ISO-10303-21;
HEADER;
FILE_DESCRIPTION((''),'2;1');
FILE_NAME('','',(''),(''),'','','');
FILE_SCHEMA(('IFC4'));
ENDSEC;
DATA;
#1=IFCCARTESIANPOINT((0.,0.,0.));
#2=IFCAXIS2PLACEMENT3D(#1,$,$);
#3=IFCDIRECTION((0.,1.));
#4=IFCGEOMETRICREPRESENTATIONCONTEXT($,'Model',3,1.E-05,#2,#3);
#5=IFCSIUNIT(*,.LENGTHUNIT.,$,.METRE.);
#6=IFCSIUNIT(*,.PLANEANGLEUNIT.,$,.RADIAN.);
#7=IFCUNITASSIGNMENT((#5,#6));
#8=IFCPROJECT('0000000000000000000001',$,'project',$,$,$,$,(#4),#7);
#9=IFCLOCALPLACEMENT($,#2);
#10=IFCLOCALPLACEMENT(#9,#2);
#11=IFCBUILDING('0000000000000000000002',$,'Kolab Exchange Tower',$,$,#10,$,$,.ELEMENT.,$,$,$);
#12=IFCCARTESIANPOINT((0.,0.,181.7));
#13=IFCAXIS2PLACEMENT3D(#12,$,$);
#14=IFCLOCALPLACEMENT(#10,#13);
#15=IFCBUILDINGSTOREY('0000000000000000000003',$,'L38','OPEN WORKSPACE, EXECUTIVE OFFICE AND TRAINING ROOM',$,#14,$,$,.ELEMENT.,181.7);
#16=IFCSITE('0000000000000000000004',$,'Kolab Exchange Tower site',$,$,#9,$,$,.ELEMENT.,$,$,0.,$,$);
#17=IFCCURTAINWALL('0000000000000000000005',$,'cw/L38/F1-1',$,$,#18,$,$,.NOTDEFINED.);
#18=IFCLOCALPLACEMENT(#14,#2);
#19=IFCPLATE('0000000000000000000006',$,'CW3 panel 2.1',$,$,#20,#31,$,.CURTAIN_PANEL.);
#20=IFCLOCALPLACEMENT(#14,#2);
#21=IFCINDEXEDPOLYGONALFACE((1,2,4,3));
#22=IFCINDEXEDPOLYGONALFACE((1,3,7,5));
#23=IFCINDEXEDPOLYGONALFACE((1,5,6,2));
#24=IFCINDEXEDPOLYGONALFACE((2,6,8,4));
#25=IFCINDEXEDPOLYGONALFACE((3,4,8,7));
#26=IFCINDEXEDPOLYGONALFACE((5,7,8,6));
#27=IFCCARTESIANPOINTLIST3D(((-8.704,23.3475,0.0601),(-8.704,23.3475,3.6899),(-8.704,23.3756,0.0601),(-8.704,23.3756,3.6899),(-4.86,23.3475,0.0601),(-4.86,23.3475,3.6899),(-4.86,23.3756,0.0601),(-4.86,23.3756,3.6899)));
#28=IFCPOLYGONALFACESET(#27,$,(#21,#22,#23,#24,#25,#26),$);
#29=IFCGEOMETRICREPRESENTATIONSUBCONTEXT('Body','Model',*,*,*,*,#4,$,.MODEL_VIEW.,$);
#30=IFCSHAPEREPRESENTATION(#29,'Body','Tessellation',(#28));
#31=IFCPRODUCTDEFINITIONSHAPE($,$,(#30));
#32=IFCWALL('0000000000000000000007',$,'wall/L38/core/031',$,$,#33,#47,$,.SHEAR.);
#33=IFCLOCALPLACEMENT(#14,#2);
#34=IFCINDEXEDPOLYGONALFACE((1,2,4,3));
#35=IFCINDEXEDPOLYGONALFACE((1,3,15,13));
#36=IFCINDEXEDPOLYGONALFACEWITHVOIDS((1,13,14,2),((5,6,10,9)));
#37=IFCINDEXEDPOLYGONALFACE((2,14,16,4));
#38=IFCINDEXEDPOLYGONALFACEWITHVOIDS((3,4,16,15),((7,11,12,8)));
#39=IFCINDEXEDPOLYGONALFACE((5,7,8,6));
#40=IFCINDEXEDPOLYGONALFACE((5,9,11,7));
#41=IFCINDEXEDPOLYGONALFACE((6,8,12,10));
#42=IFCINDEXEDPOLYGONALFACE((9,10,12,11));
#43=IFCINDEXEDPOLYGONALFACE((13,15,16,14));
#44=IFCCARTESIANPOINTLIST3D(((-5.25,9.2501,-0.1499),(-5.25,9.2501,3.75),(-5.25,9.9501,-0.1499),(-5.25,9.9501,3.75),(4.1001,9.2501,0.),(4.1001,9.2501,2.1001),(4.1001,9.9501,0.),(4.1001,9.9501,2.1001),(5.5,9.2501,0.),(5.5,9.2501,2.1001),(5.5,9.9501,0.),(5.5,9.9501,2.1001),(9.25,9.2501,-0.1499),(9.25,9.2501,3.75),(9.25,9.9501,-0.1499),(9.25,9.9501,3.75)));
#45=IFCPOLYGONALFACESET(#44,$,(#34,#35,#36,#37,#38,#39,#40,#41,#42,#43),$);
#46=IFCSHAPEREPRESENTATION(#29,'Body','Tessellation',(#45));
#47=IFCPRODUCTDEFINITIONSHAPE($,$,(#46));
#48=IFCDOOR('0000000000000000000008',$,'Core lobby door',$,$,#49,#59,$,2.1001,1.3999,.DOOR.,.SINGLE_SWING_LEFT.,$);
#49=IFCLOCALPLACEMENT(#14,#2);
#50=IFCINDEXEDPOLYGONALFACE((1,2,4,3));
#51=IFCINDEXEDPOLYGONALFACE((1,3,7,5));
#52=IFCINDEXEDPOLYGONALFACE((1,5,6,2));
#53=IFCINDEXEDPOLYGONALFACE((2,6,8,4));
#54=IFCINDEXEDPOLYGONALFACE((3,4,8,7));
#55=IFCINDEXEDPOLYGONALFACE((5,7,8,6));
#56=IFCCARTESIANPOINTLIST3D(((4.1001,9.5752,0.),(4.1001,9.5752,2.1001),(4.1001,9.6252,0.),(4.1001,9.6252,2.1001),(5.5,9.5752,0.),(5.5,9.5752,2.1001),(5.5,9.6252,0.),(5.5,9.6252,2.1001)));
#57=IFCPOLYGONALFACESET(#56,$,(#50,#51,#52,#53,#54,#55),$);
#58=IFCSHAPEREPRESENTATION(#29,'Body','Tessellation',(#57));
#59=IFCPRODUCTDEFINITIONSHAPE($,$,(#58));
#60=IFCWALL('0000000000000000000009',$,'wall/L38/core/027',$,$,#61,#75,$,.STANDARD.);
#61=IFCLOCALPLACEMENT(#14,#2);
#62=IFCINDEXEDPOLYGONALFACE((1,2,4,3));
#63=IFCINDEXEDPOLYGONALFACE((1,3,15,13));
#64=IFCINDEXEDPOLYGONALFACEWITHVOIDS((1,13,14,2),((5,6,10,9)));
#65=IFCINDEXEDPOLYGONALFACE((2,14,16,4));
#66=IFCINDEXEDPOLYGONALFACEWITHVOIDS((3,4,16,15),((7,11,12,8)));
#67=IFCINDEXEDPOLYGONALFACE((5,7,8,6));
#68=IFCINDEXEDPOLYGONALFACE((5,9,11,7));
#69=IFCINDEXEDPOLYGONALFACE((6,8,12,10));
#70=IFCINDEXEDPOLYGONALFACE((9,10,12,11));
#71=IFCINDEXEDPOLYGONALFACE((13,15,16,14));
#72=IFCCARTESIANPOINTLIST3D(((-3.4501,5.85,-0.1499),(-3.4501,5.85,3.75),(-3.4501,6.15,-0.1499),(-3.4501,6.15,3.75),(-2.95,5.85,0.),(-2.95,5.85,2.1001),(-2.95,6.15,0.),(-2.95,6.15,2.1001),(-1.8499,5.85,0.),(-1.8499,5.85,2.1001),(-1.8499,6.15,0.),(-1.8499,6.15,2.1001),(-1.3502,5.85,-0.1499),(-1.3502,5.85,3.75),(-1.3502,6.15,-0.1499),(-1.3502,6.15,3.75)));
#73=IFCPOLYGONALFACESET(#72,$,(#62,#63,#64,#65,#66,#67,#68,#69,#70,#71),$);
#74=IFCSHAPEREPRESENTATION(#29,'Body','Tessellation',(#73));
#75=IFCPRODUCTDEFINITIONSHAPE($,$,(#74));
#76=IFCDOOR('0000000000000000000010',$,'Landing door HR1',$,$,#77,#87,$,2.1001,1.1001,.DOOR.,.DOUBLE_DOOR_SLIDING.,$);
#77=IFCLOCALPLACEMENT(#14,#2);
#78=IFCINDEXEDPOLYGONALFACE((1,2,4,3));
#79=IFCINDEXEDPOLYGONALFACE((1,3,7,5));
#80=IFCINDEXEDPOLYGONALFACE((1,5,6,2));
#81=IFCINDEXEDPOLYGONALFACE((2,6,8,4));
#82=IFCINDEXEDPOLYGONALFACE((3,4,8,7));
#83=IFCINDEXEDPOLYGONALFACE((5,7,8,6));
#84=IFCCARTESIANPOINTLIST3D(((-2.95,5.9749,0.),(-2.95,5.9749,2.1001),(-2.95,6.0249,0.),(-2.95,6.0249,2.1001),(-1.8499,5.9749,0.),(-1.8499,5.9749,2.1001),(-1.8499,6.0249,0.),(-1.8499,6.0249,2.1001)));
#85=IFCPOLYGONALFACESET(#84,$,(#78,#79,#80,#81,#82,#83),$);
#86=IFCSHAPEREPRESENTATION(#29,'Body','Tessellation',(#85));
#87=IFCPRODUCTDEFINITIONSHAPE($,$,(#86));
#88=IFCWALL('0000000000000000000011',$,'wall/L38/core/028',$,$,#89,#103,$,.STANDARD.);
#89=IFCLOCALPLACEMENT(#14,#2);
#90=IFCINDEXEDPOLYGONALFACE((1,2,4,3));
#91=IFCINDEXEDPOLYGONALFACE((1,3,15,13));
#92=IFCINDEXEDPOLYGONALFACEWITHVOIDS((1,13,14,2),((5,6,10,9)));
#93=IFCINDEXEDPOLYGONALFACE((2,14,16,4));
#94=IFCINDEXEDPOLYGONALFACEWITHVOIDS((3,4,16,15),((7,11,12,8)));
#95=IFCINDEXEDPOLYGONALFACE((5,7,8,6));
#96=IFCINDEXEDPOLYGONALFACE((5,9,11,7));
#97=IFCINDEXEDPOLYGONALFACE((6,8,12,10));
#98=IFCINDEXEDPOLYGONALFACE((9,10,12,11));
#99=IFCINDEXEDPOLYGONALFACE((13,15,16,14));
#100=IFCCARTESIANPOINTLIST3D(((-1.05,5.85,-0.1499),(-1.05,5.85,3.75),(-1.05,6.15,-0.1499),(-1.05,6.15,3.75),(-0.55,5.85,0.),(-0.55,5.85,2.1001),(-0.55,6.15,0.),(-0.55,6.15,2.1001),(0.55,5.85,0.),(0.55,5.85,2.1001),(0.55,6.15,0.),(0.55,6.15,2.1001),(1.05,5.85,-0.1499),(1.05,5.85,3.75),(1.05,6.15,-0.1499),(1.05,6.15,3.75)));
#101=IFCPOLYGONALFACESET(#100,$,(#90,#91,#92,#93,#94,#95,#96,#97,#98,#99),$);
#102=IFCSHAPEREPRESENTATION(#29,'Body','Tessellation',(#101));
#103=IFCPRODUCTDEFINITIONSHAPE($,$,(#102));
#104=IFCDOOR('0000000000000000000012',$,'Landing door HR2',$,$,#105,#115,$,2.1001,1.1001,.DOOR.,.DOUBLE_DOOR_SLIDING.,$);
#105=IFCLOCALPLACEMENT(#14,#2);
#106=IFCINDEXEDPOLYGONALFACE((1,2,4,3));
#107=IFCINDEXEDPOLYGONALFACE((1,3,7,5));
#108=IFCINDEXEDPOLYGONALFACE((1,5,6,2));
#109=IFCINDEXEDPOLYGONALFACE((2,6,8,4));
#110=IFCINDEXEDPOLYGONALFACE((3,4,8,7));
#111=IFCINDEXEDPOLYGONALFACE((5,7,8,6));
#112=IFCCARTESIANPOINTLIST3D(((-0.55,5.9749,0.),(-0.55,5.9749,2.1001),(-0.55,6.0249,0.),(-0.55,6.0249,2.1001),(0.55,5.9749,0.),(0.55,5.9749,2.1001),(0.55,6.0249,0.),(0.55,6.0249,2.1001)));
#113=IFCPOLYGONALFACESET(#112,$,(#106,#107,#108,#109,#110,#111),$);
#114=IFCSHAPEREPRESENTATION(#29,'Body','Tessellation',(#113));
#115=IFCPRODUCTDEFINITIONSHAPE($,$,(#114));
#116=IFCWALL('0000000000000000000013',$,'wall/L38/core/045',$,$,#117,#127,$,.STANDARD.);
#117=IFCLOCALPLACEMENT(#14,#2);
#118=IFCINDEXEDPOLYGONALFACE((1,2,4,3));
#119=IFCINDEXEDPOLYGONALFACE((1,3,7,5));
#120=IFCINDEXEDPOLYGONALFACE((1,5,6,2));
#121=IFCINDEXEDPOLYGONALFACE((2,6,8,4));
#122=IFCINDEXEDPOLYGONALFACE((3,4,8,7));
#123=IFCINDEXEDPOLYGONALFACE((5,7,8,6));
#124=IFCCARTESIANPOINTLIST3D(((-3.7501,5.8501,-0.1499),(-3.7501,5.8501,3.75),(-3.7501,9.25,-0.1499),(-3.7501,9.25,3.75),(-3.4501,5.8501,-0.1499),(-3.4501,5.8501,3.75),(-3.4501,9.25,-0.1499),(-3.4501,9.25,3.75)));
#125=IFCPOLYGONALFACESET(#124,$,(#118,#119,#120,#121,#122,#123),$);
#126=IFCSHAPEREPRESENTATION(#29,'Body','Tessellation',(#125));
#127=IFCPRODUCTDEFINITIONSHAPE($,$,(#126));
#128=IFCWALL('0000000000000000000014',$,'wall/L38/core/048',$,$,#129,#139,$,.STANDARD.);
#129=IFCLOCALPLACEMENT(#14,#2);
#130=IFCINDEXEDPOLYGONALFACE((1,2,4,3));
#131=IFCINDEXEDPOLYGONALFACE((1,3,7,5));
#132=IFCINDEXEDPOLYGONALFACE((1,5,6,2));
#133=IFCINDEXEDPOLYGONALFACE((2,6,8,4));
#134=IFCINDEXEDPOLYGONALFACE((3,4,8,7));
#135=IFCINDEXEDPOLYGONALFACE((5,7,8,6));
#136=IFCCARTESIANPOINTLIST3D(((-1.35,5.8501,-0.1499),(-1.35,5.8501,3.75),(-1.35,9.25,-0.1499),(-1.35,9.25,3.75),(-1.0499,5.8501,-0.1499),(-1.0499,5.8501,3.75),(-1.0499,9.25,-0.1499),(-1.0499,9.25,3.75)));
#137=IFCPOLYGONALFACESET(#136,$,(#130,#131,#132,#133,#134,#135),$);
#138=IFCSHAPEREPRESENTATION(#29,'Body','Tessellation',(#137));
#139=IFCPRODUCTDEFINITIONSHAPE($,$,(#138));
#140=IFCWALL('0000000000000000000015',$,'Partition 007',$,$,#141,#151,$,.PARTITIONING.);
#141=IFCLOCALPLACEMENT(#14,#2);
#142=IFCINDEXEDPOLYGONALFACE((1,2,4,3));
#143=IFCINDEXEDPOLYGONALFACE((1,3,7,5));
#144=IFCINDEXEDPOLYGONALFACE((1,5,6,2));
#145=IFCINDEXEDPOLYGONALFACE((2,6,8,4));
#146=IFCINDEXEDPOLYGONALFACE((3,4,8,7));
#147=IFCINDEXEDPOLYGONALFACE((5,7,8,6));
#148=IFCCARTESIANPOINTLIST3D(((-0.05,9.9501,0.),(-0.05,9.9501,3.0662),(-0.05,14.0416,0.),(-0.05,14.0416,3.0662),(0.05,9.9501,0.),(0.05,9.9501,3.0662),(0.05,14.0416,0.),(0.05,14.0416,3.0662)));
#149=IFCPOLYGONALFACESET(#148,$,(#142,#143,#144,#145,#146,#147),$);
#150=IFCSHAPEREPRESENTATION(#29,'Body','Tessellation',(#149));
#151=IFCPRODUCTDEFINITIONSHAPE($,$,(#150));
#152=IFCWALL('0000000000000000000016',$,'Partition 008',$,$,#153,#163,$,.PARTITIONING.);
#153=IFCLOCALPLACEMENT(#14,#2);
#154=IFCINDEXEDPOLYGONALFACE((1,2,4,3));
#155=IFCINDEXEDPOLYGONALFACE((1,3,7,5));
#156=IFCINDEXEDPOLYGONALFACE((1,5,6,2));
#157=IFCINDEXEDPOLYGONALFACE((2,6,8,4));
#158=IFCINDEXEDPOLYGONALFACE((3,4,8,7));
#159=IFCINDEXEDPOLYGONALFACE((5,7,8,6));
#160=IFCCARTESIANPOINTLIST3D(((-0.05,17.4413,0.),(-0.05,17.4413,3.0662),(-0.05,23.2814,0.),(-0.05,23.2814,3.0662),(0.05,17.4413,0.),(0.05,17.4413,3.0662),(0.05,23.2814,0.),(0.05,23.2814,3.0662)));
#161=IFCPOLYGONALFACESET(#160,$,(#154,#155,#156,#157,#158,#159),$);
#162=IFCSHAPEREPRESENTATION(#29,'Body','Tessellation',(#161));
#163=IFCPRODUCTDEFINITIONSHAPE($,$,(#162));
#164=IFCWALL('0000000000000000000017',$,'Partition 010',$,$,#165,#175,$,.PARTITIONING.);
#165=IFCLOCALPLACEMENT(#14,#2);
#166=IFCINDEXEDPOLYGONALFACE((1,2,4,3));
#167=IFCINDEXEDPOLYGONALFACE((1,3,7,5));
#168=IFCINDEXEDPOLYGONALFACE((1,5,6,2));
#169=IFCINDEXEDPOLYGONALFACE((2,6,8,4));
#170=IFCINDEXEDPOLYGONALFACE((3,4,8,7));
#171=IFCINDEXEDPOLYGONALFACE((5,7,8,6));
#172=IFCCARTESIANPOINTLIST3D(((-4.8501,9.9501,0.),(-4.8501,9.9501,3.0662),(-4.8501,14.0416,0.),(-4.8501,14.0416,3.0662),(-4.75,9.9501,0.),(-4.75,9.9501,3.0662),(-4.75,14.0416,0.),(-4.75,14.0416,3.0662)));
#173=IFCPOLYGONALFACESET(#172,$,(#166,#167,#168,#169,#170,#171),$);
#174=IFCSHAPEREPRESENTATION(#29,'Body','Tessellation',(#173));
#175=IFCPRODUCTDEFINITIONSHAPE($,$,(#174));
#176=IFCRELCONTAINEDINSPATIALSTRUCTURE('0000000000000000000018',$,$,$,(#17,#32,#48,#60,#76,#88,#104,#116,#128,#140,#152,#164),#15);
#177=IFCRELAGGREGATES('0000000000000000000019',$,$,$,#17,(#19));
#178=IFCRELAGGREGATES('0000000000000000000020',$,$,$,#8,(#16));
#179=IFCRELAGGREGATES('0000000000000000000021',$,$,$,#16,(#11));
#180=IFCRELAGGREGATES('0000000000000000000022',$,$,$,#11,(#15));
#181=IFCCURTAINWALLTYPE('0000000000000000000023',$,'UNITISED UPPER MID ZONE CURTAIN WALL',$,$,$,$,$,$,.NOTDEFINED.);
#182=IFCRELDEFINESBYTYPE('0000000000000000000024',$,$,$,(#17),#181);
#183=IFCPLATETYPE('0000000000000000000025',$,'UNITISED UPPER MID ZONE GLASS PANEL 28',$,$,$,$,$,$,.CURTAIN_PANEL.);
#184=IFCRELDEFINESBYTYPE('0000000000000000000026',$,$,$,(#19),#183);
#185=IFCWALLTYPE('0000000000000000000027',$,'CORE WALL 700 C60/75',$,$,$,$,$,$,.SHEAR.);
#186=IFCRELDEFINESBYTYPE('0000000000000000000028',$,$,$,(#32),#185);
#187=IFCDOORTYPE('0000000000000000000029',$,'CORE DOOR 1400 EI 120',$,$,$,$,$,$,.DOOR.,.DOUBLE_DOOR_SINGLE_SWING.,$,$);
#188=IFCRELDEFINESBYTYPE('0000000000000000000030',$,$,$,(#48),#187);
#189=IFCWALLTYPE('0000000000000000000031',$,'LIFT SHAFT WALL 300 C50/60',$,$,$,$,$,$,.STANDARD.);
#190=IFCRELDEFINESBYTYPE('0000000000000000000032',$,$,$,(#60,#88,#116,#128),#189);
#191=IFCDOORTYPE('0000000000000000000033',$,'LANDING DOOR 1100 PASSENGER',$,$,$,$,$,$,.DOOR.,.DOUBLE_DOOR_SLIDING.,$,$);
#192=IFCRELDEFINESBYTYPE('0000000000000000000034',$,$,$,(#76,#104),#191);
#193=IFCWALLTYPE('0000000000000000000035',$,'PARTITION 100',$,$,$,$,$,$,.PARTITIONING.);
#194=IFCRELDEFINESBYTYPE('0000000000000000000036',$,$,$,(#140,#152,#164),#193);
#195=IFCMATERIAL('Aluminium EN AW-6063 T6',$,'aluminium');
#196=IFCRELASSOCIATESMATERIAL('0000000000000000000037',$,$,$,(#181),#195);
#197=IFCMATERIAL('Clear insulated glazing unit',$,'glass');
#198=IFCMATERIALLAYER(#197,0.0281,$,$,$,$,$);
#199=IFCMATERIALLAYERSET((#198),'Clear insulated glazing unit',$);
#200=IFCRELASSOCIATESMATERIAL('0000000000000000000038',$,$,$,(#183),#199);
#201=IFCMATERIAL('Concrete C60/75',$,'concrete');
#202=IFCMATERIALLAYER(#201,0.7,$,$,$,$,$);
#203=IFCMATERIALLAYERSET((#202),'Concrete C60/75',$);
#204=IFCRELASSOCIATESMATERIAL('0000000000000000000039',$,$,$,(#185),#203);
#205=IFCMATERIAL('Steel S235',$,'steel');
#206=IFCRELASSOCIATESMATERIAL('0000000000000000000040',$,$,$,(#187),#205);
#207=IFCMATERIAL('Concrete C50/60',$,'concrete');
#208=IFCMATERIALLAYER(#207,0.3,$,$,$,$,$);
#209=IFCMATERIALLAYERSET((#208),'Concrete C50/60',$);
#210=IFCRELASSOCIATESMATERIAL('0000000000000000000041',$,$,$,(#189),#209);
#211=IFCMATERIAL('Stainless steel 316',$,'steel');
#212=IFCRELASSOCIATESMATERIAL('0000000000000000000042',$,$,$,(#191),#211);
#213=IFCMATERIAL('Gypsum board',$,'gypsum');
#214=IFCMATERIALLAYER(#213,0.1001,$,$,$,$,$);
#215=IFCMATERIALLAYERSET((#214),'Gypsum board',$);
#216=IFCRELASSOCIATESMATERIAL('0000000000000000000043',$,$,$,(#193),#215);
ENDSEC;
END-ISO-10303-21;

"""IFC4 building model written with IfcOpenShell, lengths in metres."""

from ifc_helpers import new_model, si_unit, direction, frame, frame_2d, origin, origin_2d, place, context, subcontext, project, spatial, rectangle, extrude, material, layer, layer_set, type_object, element, fill, aggregate, save


model = new_model("IFC4")

# Units and contexts
model_context = context("Model", 3, precision=1e-05, world=origin(), true_north=direction((0.0, 1.0)))
body_context = subcontext(model_context, "Body", "Model", "MODEL_VIEW")
ifc_project = project(units=[si_unit("LENGTHUNIT", "METRE"), si_unit("PLANEANGLEUNIT", "RADIAN")], contexts=[model_context])

# Site, building, storey
site_placement = place(None, origin())
site = spatial("IfcSite", under=ifc_project, at=site_placement, Name="Kolab Exchange Tower site", CompositionType="ELEMENT", RefElevation=0.0)
building_placement = place(site_placement, origin())
building = spatial("IfcBuilding", under=site, at=building_placement, Name="Kolab Exchange Tower", CompositionType="ELEMENT")
storey_placement = place(building_placement, frame((0.0, 0.0, 181.7)))
storey = spatial("IfcBuildingStorey", under=building, at=storey_placement, Name="L38", Description="OPEN WORKSPACE, EXECUTIVE OFFICE AND TRAINING ROOM", CompositionType="ELEMENT", Elevation=181.7)

# Shared definitions
ifc_material_1 = material(Name="Concrete C60/75", Category="concrete")

# Curtain wall, plate
ifc_material_2 = material(Name="Aluminium EN AW-6063 T6", Category="aluminium")
curtain_wall_type = type_object("IfcCurtainWallType", Name="UNITISED UPPER MID ZONE CURTAIN WALL", PredefinedType="NOTDEFINED", material=ifc_material_2)
curtain_wall_placement = place(storey_placement, origin())
curtain_wall = element("IfcCurtainWall", 1, at=curtain_wall_placement, inside=storey, type_object=curtain_wall_type, Name="cw/L38/F1-1", PredefinedType="NOTDEFINED")
ifc_material_3 = material(Name="Clear insulated glazing unit", Category="glass")
ifc_layer_1 = layer(ifc_material_3, 0.0281)
ifc_layer_set_1 = layer_set([ifc_layer_1], Name="Clear insulated glazing unit")
plate_type = type_object("IfcPlateType", Name="UNITISED UPPER MID ZONE GLASS PANEL 28", PredefinedType="CURTAIN_PANEL", material=ifc_layer_set_1)
plate_placement = place(storey_placement, frame((-6.782, 23.3616, 0.0601), z_axis=(0.0, 0.0, 1.0), x_axis=(1.0, 0.0, 0.0)))
plate = element("IfcPlate", 2, at=plate_placement, type_object=plate_type, Name="CW3 panel 2.1", PredefinedType="CURTAIN_PANEL", context=body_context, shape_type="SweptSolid", body=[
    extrude(rectangle(XDim=3.844, YDim=0.0281, at=origin_2d()), origin(), (0.0, 0.0, 1.0), 3.6299),
])
aggregate(curtain_wall, [plate])

# Walls, openings, doors
ifc_layer_2 = layer(ifc_material_1, 0.7)
ifc_layer_set_2 = layer_set([ifc_layer_2], Name="Concrete C60/75")
wall_type_1 = type_object("IfcWallType", Name="CORE WALL 700 C60/75", PredefinedType="SHEAR", material=ifc_layer_set_2)
wall_1_placement = place(storey_placement, frame((-5.25, 9.6001, -0.1499), z_axis=(0.0, 0.0, 1.0), x_axis=(1.0, 0.0, 0.0)))
wall_1 = element("IfcWall", 3, at=wall_1_placement, inside=storey, type_object=wall_type_1, Name="wall/L38/core/031", PredefinedType="SHEAR", context=body_context, shape_type="SweptSolid", body=[
    extrude(rectangle(XDim=14.5, YDim=0.7, at=frame_2d((7.25, 0.0))), origin(), (0.0, 0.0, 1.0), 3.8999),
])
opening_1_placement = place(wall_1_placement, frame((9.3501, 0.0, 0.1499)))
opening_1 = element("IfcOpeningElement", 4, at=opening_1_placement, cuts=wall_1, PredefinedType="OPENING", context=body_context, shape_type="SweptSolid", body=[
    extrude(rectangle(XDim=1.3999, YDim=2.1001, at=frame_2d((0.7, 1.05))), frame((0.0, 0.3599, 0.0), z_axis=(0.0, -1.0, 0.0), x_axis=(1.0, 0.0, 0.0)), (0.0, 0.0, 1.0), 0.72),
])
ifc_material_4 = material(Name="Steel S235", Category="steel")
door_type_1 = type_object("IfcDoorType", Name="CORE DOOR 1400 EI 120", OperationType="DOUBLE_DOOR_SINGLE_SWING", PredefinedType="DOOR", material=ifc_material_4)
door_1_placement = place(opening_1_placement, frame((1.3999, 0.0, 0.0), z_axis=(0.0, 0.0, 1.0), x_axis=(-1.0, 0.0, 0.0)))
door_1 = element("IfcDoor", 5, at=door_1_placement, inside=storey, type_object=door_type_1, Name="Core lobby door", OperationType="SINGLE_SWING_LEFT", OverallHeight=2.1001, OverallWidth=1.3999, PredefinedType="DOOR", context=body_context, shape_type="SweptSolid", body=[
    extrude(rectangle(XDim=1.3999, YDim=2.1001, at=frame_2d((0.7, 1.05))), frame((0.0, 0.0249, 0.0), z_axis=(0.0, -1.0, 0.0), x_axis=(1.0, 0.0, 0.0)), (0.0, 0.0, 1.0), 0.05),
])
fill(opening_1, door_1)
ifc_material_5 = material(Name="Concrete C50/60", Category="concrete")
ifc_layer_3 = layer(ifc_material_5, 0.3)
ifc_layer_set_3 = layer_set([ifc_layer_3], Name="Concrete C50/60")
wall_type_2 = type_object("IfcWallType", Name="LIFT SHAFT WALL 300 C50/60", PredefinedType="STANDARD", material=ifc_layer_set_3)
wall_2_placement = place(storey_placement, frame((-3.45, 6.0, -0.1499), z_axis=(0.0, 0.0, 1.0), x_axis=(1.0, 0.0, 0.0)))
wall_2 = element("IfcWall", 6, at=wall_2_placement, inside=storey, type_object=wall_type_2, Name="wall/L38/core/027", PredefinedType="STANDARD", context=body_context, shape_type="SweptSolid", body=[
    extrude(rectangle(XDim=2.0999, YDim=0.3, at=frame_2d((1.0498, 0.0))), origin(), (0.0, 0.0, 1.0), 3.8999),
])
opening_2_placement = place(wall_2_placement, frame((0.5, 0.0, 0.1499)))
opening_2 = element("IfcOpeningElement", 7, at=opening_2_placement, cuts=wall_2, PredefinedType="OPENING", context=body_context, shape_type="SweptSolid", body=[
    extrude(rectangle(XDim=1.1001, YDim=2.1001, at=frame_2d((0.55, 1.05))), frame((0.0, 0.1602, 0.0), z_axis=(0.0, -1.0, 0.0), x_axis=(1.0, 0.0, 0.0)), (0.0, 0.0, 1.0), 0.3201),
])
ifc_material_6 = material(Name="Stainless steel 316", Category="steel")
door_type_2 = type_object("IfcDoorType", Name="LANDING DOOR 1100 PASSENGER", OperationType="DOUBLE_DOOR_SLIDING", PredefinedType="DOOR", material=ifc_material_6)
door_2_placement = place(opening_2_placement, origin())
door_2 = element("IfcDoor", 8, at=door_2_placement, inside=storey, type_object=door_type_2, Name="Landing door HR1", OperationType="DOUBLE_DOOR_SLIDING", OverallHeight=2.1001, OverallWidth=1.1001, PredefinedType="DOOR", context=body_context, shape_type="SweptSolid", body=[
    extrude(rectangle(XDim=1.1001, YDim=2.1001, at=frame_2d((0.55, 1.05))), frame((0.0, 0.0249, 0.0), z_axis=(0.0, -1.0, 0.0), x_axis=(1.0, 0.0, 0.0)), (0.0, 0.0, 1.0), 0.05),
])
fill(opening_2, door_2)
wall_3_placement = place(storey_placement, frame((-1.05, 6.0, -0.1499), z_axis=(0.0, 0.0, 1.0), x_axis=(1.0, 0.0, 0.0)))
wall_3 = element("IfcWall", 9, at=wall_3_placement, inside=storey, type_object=wall_type_2, Name="wall/L38/core/028", PredefinedType="STANDARD", context=body_context, shape_type="SweptSolid", body=[
    extrude(rectangle(XDim=2.1001, YDim=0.3, at=frame_2d((1.05, 0.0))), origin(), (0.0, 0.0, 1.0), 3.8999),
])
opening_3_placement = place(wall_3_placement, frame((0.5, 0.0, 0.1499)))
opening_3 = element("IfcOpeningElement", 10, at=opening_3_placement, cuts=wall_3, PredefinedType="OPENING", context=body_context, shape_type="SweptSolid", body=[
    extrude(rectangle(XDim=1.1001, YDim=2.1001, at=frame_2d((0.55, 1.05))), frame((0.0, 0.1602, 0.0), z_axis=(0.0, -1.0, 0.0), x_axis=(1.0, 0.0, 0.0)), (0.0, 0.0, 1.0), 0.3201),
])
door_3_placement = place(opening_3_placement, origin())
door_3 = element("IfcDoor", 11, at=door_3_placement, inside=storey, type_object=door_type_2, Name="Landing door HR2", OperationType="DOUBLE_DOOR_SLIDING", OverallHeight=2.1001, OverallWidth=1.1001, PredefinedType="DOOR", context=body_context, shape_type="SweptSolid", body=[
    extrude(rectangle(XDim=1.1001, YDim=2.1001, at=frame_2d((0.55, 1.05))), frame((0.0, 0.0249, 0.0), z_axis=(0.0, -1.0, 0.0), x_axis=(1.0, 0.0, 0.0)), (0.0, 0.0, 1.0), 0.05),
])
fill(opening_3, door_3)

# Walls
for number, where, z_axis, x_axis, name in (
    (12, (-3.6001, 5.8501, -0.1499), (0.0, 0.0, 1.0), (0.0, 1.0, 0.0), "wall/L38/core/045"),
    (13, (-1.2, 5.8501, -0.1499), (0.0, 0.0, 1.0), (0.0, 1.0, 0.0), "wall/L38/core/048"),
):
    element("IfcWall", number, at=place(storey_placement, frame(where, z_axis=z_axis, x_axis=x_axis)), inside=storey, type_object=wall_type_2, Name=name, PredefinedType="STANDARD", context=body_context, shape_type="SweptSolid", body=[
        extrude(rectangle(XDim=3.3999, YDim=0.3, at=frame_2d((1.7, 0.0))), origin(), (0.0, 0.0, 1.0), 3.8999),
    ])
ifc_material_7 = material(Name="Gypsum board", Category="gypsum")
ifc_layer_4 = layer(ifc_material_7, 0.1001)
ifc_layer_set_4 = layer_set([ifc_layer_4], Name="Gypsum board")
wall_type_3 = type_object("IfcWallType", Name="PARTITION 100", PredefinedType="PARTITIONING", material=ifc_layer_set_4)
wall_4_placement = place(storey_placement, frame((0.0, 9.95, 0.0), z_axis=(0.0, 0.0, 1.0), x_axis=(0.0, 1.0, 0.0)))
element("IfcWall", 14, at=wall_4_placement, inside=storey, type_object=wall_type_3, Name="Partition 007", PredefinedType="PARTITIONING", context=body_context, shape_type="SweptSolid", body=[
    extrude(rectangle(XDim=4.0916, YDim=0.1001, at=frame_2d((2.0459, 0.0))), origin(), (0.0, 0.0, 1.0), 3.0662),
])
wall_5_placement = place(storey_placement, frame((0.0, 17.4414, 0.0), z_axis=(0.0, 0.0, 1.0), x_axis=(0.0, 1.0, 0.0)))
element("IfcWall", 15, at=wall_5_placement, inside=storey, type_object=wall_type_3, Name="Partition 008", PredefinedType="PARTITIONING", context=body_context, shape_type="SweptSolid", body=[
    extrude(rectangle(XDim=5.8401, YDim=0.1001, at=frame_2d((2.9199, 0.0))), origin(), (0.0, 0.0, 1.0), 3.0662),
])
wall_6_placement = place(storey_placement, frame((-4.8, 9.95, 0.0), z_axis=(0.0, 0.0, 1.0), x_axis=(0.0, 1.0, 0.0)))
element("IfcWall", 16, at=wall_6_placement, inside=storey, type_object=wall_type_3, Name="Partition 010", PredefinedType="PARTITIONING", context=body_context, shape_type="SweptSolid", body=[
    extrude(rectangle(XDim=4.0916, YDim=0.1001, at=frame_2d((2.0459, 0.0))), origin(), (0.0, 0.0, 1.0), 3.0662),
])

save(model, "model.ifc")
